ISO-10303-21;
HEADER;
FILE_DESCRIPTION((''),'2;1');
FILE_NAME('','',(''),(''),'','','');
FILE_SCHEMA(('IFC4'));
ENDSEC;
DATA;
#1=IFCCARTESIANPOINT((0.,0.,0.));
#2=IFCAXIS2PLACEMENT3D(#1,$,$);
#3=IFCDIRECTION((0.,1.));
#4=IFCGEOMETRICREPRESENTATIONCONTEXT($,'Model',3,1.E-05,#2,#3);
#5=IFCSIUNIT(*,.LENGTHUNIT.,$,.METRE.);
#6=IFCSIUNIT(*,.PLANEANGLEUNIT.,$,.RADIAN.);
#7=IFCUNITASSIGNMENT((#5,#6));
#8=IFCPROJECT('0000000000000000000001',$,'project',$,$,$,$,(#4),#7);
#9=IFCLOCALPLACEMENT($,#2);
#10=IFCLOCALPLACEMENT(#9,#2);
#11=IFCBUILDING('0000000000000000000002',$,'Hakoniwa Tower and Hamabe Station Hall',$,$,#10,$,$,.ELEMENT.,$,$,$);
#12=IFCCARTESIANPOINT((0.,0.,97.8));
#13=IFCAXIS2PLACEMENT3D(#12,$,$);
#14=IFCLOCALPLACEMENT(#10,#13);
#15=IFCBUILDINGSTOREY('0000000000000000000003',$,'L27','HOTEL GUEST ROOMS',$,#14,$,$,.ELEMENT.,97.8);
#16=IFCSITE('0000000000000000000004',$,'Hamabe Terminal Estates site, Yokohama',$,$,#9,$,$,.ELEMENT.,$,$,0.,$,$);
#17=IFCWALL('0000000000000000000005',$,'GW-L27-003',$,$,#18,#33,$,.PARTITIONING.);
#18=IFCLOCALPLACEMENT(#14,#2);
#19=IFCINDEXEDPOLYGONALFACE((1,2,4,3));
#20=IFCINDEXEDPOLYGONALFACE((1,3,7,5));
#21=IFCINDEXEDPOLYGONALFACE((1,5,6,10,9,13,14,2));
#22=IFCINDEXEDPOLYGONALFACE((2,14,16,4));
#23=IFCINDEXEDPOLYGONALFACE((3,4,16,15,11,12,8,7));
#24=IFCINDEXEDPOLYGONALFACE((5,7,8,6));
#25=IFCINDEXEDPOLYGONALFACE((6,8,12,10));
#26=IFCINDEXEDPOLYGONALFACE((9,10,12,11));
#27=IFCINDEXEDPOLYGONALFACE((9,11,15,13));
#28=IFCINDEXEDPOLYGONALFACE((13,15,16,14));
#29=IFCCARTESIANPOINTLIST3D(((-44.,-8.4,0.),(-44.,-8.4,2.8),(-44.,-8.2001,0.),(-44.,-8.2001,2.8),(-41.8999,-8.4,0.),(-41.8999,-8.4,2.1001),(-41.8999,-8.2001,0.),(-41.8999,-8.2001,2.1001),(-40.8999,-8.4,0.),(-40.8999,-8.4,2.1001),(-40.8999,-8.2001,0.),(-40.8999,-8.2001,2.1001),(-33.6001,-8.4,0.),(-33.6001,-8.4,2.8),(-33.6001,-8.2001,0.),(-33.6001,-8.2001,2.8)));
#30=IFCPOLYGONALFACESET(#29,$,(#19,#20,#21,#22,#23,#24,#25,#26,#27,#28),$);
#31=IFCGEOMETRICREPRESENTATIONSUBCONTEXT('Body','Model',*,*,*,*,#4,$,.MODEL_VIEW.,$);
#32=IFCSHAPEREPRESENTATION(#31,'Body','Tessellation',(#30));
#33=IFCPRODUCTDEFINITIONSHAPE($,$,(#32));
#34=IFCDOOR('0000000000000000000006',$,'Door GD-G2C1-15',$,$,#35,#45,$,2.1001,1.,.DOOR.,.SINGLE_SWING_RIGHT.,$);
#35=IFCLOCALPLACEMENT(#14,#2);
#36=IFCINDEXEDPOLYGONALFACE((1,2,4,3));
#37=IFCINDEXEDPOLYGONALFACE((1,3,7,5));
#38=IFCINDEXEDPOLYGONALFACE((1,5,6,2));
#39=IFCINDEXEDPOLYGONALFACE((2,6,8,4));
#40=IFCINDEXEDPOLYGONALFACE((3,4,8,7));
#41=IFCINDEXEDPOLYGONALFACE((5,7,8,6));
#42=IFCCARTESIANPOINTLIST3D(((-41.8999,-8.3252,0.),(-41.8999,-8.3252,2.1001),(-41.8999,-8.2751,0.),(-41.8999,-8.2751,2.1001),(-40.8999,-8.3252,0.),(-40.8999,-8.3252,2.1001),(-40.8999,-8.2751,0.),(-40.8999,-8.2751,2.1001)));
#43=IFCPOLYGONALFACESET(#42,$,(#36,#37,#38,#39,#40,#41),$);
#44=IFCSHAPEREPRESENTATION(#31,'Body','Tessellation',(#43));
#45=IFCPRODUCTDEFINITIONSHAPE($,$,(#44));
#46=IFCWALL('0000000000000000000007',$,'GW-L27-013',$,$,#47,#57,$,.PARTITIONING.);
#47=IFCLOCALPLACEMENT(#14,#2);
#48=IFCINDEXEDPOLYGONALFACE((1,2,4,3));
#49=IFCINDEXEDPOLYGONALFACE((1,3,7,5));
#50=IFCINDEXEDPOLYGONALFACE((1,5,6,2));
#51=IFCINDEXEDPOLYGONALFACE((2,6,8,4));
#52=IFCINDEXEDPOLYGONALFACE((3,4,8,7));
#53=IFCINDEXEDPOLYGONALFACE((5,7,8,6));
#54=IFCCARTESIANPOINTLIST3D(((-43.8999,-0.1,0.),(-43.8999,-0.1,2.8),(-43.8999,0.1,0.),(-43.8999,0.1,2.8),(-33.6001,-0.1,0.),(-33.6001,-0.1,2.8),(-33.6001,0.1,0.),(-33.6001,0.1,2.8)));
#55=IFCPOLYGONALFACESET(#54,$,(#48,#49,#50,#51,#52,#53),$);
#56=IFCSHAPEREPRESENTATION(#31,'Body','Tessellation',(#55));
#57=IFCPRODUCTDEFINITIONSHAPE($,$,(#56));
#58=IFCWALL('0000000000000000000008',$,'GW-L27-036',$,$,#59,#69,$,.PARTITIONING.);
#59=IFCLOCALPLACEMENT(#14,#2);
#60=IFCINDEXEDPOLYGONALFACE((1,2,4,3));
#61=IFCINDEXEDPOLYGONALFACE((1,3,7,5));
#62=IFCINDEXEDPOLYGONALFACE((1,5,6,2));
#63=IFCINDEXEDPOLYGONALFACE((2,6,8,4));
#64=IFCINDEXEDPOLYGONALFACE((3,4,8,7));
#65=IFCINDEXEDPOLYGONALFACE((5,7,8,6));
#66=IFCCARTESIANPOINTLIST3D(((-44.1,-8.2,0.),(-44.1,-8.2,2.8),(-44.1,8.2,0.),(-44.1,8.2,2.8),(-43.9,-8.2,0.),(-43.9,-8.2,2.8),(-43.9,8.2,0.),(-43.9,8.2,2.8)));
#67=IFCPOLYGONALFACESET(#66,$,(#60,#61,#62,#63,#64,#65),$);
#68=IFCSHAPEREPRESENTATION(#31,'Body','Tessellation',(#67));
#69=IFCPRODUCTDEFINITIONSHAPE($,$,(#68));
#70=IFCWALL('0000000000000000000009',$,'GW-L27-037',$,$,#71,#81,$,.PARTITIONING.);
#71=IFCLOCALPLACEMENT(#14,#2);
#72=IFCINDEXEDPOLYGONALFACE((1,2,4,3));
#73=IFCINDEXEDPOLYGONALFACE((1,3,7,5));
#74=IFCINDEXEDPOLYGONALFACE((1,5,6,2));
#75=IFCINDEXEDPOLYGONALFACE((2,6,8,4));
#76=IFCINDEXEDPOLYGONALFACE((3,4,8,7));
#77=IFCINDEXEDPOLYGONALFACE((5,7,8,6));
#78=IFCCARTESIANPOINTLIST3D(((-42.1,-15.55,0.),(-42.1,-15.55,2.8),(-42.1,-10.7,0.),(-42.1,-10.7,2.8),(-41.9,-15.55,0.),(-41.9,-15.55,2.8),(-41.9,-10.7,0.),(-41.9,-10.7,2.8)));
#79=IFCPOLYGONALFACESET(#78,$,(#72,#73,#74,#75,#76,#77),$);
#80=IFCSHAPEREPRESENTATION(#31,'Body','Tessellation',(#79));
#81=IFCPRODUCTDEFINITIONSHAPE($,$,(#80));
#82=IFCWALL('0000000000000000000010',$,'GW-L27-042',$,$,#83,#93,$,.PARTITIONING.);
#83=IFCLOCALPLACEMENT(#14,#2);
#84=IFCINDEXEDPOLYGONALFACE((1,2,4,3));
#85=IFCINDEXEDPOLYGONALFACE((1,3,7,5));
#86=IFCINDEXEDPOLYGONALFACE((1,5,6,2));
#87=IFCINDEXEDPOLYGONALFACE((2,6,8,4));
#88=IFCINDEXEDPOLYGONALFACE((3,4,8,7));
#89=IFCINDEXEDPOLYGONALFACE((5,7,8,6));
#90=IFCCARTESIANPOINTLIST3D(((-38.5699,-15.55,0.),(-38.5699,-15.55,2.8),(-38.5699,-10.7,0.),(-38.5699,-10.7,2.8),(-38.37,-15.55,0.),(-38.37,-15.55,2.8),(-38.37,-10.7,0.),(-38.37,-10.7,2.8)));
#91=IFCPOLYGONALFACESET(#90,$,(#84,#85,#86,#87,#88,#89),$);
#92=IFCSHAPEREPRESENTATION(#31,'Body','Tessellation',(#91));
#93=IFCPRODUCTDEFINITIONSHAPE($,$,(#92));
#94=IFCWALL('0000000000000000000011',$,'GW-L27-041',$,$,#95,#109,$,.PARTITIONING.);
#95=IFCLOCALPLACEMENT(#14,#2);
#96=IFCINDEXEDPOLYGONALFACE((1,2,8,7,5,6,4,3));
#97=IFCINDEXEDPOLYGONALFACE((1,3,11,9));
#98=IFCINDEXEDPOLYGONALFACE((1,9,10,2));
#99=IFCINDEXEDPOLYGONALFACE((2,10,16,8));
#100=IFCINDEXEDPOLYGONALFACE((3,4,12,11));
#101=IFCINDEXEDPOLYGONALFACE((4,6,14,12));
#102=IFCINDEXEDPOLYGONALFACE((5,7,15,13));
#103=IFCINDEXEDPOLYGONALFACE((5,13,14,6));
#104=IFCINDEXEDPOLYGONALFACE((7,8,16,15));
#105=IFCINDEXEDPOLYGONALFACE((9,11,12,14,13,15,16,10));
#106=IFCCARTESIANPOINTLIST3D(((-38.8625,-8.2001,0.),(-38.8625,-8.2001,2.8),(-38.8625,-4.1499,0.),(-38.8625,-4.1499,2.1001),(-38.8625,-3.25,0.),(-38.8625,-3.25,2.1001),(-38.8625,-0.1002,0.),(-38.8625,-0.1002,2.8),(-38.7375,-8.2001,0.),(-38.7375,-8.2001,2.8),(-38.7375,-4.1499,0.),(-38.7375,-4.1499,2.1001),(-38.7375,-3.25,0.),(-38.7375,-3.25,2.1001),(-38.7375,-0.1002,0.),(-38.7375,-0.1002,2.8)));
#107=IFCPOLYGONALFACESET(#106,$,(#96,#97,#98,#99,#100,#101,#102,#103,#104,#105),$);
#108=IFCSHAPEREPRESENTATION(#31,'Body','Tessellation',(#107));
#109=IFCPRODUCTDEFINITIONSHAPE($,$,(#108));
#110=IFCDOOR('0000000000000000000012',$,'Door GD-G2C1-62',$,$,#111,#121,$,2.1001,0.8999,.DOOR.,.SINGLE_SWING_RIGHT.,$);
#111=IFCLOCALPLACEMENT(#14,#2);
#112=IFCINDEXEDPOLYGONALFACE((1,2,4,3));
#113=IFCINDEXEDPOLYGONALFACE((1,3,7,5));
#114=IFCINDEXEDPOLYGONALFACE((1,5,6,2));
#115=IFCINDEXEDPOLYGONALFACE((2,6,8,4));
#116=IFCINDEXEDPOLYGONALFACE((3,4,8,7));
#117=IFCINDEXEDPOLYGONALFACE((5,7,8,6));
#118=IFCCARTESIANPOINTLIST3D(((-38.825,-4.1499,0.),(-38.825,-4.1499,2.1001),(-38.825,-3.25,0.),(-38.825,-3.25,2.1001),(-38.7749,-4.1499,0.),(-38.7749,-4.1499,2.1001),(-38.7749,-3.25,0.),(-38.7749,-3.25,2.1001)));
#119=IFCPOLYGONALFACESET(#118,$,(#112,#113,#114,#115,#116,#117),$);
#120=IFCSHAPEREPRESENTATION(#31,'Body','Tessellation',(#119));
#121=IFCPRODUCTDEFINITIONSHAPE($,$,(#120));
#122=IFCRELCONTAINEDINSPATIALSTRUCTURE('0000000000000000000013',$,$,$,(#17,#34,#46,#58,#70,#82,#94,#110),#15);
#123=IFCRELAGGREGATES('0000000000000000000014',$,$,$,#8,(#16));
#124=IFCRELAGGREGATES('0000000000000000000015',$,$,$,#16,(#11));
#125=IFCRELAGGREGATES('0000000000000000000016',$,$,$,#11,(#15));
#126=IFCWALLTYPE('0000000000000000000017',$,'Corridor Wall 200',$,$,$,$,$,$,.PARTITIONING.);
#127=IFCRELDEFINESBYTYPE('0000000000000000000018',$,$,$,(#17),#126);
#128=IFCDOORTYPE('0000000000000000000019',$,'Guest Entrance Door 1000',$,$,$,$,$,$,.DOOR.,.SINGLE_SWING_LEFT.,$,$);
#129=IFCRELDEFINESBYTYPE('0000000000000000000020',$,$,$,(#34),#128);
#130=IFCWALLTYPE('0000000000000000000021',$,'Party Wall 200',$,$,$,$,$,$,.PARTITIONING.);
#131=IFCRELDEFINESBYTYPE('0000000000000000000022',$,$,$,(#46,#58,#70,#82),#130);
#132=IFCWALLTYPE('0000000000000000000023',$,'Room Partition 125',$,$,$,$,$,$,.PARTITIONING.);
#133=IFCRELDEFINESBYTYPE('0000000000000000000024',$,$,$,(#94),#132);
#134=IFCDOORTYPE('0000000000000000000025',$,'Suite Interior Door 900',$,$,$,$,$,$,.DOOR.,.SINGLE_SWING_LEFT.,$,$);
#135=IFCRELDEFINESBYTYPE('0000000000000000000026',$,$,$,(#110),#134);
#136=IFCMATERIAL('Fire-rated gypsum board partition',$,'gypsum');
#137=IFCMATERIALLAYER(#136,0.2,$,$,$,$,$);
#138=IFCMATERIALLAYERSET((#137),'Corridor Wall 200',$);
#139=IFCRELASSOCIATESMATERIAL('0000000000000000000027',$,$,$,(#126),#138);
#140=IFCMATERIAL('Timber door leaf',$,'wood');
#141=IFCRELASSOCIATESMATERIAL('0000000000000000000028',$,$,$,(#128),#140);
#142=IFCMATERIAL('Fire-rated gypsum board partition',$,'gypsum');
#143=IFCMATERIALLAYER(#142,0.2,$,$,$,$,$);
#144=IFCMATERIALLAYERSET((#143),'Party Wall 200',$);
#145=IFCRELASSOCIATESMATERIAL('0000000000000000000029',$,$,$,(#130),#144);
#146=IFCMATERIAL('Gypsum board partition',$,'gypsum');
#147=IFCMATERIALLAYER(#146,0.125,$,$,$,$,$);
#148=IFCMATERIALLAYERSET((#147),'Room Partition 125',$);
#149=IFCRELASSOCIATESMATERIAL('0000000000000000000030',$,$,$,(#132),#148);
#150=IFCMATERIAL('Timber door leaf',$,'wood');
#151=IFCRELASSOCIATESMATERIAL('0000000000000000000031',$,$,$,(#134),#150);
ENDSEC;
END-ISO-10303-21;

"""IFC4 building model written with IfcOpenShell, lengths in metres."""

from ifc_helpers import new_model, si_unit, direction, frame, frame_2d, origin, place, context, subcontext, project, spatial, rectangle, extrude, material, layer, layer_set, type_object, element, fill, save


model = new_model("IFC4")

# Units and contexts
model_context = context("Model", 3, precision=1e-05, world=origin(), true_north=direction((0.0, 1.0)))
body_context = subcontext(model_context, "Body", "Model", "MODEL_VIEW")
ifc_project = project(units=[si_unit("LENGTHUNIT", "METRE"), si_unit("PLANEANGLEUNIT", "RADIAN")], contexts=[model_context])

# Site, building, storey
site_placement = place(None, origin())
site = spatial("IfcSite", under=ifc_project, at=site_placement, Name="Hamabe Terminal Estates site, Yokohama", CompositionType="ELEMENT", RefElevation=0.0)
building_placement = place(site_placement, origin())
building = spatial("IfcBuilding", under=site, at=building_placement, Name="Hakoniwa Tower and Hamabe Station Hall", CompositionType="ELEMENT")
storey_placement = place(building_placement, frame((0.0, 0.0, 97.8)))
storey = spatial("IfcBuildingStorey", under=building, at=storey_placement, Name="L27", Description="HOTEL GUEST ROOMS", CompositionType="ELEMENT", Elevation=97.8)

# Shared definitions
ifc_material_1 = material(Name="Fire-rated gypsum board partition", Category="gypsum")
ifc_layer_1 = layer(ifc_material_1, 0.2)
ifc_layer_set_1 = layer_set([ifc_layer_1], Name="Corridor Wall 200")
wall_type_1 = type_object("IfcWallType", Name="Corridor Wall 200", PredefinedType="PARTITIONING", material=ifc_layer_set_1)

# Wall, opening, door
wall_1_placement = place(storey_placement, frame((-44.0, -8.3, 0.0), z_axis=(0.0, 0.0, 1.0), x_axis=(1.0, 0.0, 0.0)))
wall_1 = element("IfcWall", 1, at=wall_1_placement, inside=storey, type_object=wall_type_1, Name="GW-L27-003", PredefinedType="PARTITIONING", context=body_context, shape_type="SweptSolid", body=[
    extrude(rectangle(XDim=10.3999, YDim=0.2, at=frame_2d((5.2, 0.0))), origin(), (0.0, 0.0, 1.0), 2.8),
])
opening_1_placement = place(wall_1_placement, frame((2.1001, 0.0, 0.0)))
opening_1 = element("IfcOpeningElement", 2, at=opening_1_placement, cuts=wall_1, PredefinedType="OPENING", context=body_context, shape_type="SweptSolid", body=[
    extrude(rectangle(XDim=1.0, YDim=2.1001, at=frame_2d((0.5, 1.05))), frame((0.0, 0.1099, 0.0), z_axis=(0.0, -1.0, 0.0), x_axis=(1.0, 0.0, 0.0)), (0.0, 0.0, 1.0), 0.22),
])
ifc_material_2 = material(Name="Timber door leaf", Category="wood")
door_type_1 = type_object("IfcDoorType", Name="Guest Entrance Door 1000", OperationType="SINGLE_SWING_LEFT", PredefinedType="DOOR", material=ifc_material_2)
door_1_placement = place(opening_1_placement, origin())
door_1 = element("IfcDoor", 3, at=door_1_placement, inside=storey, type_object=door_type_1, Name="Door GD-G2C1-15", OperationType="SINGLE_SWING_RIGHT", OverallHeight=2.1001, OverallWidth=1.0, PredefinedType="DOOR", context=body_context, shape_type="SweptSolid", body=[
    extrude(rectangle(XDim=1.0, YDim=2.1001, at=frame_2d((0.5, 1.05))), frame((0.0, 0.0249, 0.0), z_axis=(0.0, -1.0, 0.0), x_axis=(1.0, 0.0, 0.0)), (0.0, 0.0, 1.0), 0.05),
])
fill(opening_1, door_1)

# Walls
ifc_material_3 = material(Name="Fire-rated gypsum board partition", Category="gypsum")
ifc_layer_2 = layer(ifc_material_3, 0.2)
ifc_layer_set_2 = layer_set([ifc_layer_2], Name="Party Wall 200")
wall_type_2 = type_object("IfcWallType", Name="Party Wall 200", PredefinedType="PARTITIONING", material=ifc_layer_set_2)
wall_2_placement = place(storey_placement, frame((-43.8999, 0.0, 0.0), z_axis=(0.0, 0.0, 1.0), x_axis=(1.0, 0.0, 0.0)))
element("IfcWall", 4, at=wall_2_placement, inside=storey, type_object=wall_type_2, Name="GW-L27-013", PredefinedType="PARTITIONING", context=body_context, shape_type="SweptSolid", body=[
    extrude(rectangle(XDim=10.2998, YDim=0.2, at=frame_2d((5.1499, 0.0))), origin(), (0.0, 0.0, 1.0), 2.8),
])
wall_3_placement = place(storey_placement, frame((-44.0, -8.2, 0.0), z_axis=(0.0, 0.0, 1.0), x_axis=(0.0, 1.0, 0.0)))
element("IfcWall", 5, at=wall_3_placement, inside=storey, type_object=wall_type_2, Name="GW-L27-036", PredefinedType="PARTITIONING", context=body_context, shape_type="SweptSolid", body=[
    extrude(rectangle(XDim=16.3999, YDim=0.2, at=frame_2d((8.2, 0.0))), origin(), (0.0, 0.0, 1.0), 2.8),
])
for number, where, z_axis, x_axis, name in (
    (6, (-42.0, -15.55, 0.0), (0.0, 0.0, 1.0), (0.0, 1.0, 0.0), "GW-L27-037"),
    (7, (-38.47, -15.55, 0.0), (0.0, 0.0, 1.0), (0.0, 1.0, 0.0), "GW-L27-042"),
):
    element("IfcWall", number, at=place(storey_placement, frame(where, z_axis=z_axis, x_axis=x_axis)), inside=storey, type_object=wall_type_2, Name=name, PredefinedType="PARTITIONING", context=body_context, shape_type="SweptSolid", body=[
        extrude(rectangle(XDim=4.8501, YDim=0.2, at=frame_2d((2.425, 0.0))), origin(), (0.0, 0.0, 1.0), 2.8),
    ])

# Wall, opening, door
ifc_material_4 = material(Name="Gypsum board partition", Category="gypsum")
ifc_layer_3 = layer(ifc_material_4, 0.125)
ifc_layer_set_3 = layer_set([ifc_layer_3], Name="Room Partition 125")
wall_type_3 = type_object("IfcWallType", Name="Room Partition 125", PredefinedType="PARTITIONING", material=ifc_layer_set_3)
wall_4_placement = place(storey_placement, frame((-38.8, -8.2, 0.0), z_axis=(0.0, 0.0, 1.0), x_axis=(0.0, 1.0, 0.0)))
wall_4 = element("IfcWall", 8, at=wall_4_placement, inside=storey, type_object=wall_type_3, Name="GW-L27-041", PredefinedType="PARTITIONING", context=body_context, shape_type="SweptSolid", body=[
    extrude(rectangle(XDim=8.0999, YDim=0.125, at=frame_2d((4.0498, 0.0))), origin(), (0.0, 0.0, 1.0), 2.8),
])
opening_2_placement = place(wall_4_placement, frame((4.05, 0.0, 0.0)))
opening_2 = element("IfcOpeningElement", 9, at=opening_2_placement, cuts=wall_4, PredefinedType="OPENING", context=body_context, shape_type="SweptSolid", body=[
    extrude(rectangle(XDim=0.8999, YDim=2.1001, at=frame_2d((0.45, 1.05))), frame((0.0, 0.0725, 0.0), z_axis=(0.0, -1.0, 0.0), x_axis=(1.0, 0.0, 0.0)), (0.0, 0.0, 1.0), 0.145),
])
ifc_material_5 = material(Name="Timber door leaf", Category="wood")
door_type_2 = type_object("IfcDoorType", Name="Suite Interior Door 900", OperationType="SINGLE_SWING_LEFT", PredefinedType="DOOR", material=ifc_material_5)
door_2_placement = place(opening_2_placement, origin())
door_2 = element("IfcDoor", 10, at=door_2_placement, inside=storey, type_object=door_type_2, Name="Door GD-G2C1-62", OperationType="SINGLE_SWING_RIGHT", OverallHeight=2.1001, OverallWidth=0.8999, PredefinedType="DOOR", context=body_context, shape_type="SweptSolid", body=[
    extrude(rectangle(XDim=0.8999, YDim=2.1001, at=frame_2d((0.45, 1.05))), frame((0.0, 0.0249, 0.0), z_axis=(0.0, -1.0, 0.0), x_axis=(1.0, 0.0, 0.0)), (0.0, 0.0, 1.0), 0.05),
])
fill(opening_2, door_2)

save(model, "model.ifc")
